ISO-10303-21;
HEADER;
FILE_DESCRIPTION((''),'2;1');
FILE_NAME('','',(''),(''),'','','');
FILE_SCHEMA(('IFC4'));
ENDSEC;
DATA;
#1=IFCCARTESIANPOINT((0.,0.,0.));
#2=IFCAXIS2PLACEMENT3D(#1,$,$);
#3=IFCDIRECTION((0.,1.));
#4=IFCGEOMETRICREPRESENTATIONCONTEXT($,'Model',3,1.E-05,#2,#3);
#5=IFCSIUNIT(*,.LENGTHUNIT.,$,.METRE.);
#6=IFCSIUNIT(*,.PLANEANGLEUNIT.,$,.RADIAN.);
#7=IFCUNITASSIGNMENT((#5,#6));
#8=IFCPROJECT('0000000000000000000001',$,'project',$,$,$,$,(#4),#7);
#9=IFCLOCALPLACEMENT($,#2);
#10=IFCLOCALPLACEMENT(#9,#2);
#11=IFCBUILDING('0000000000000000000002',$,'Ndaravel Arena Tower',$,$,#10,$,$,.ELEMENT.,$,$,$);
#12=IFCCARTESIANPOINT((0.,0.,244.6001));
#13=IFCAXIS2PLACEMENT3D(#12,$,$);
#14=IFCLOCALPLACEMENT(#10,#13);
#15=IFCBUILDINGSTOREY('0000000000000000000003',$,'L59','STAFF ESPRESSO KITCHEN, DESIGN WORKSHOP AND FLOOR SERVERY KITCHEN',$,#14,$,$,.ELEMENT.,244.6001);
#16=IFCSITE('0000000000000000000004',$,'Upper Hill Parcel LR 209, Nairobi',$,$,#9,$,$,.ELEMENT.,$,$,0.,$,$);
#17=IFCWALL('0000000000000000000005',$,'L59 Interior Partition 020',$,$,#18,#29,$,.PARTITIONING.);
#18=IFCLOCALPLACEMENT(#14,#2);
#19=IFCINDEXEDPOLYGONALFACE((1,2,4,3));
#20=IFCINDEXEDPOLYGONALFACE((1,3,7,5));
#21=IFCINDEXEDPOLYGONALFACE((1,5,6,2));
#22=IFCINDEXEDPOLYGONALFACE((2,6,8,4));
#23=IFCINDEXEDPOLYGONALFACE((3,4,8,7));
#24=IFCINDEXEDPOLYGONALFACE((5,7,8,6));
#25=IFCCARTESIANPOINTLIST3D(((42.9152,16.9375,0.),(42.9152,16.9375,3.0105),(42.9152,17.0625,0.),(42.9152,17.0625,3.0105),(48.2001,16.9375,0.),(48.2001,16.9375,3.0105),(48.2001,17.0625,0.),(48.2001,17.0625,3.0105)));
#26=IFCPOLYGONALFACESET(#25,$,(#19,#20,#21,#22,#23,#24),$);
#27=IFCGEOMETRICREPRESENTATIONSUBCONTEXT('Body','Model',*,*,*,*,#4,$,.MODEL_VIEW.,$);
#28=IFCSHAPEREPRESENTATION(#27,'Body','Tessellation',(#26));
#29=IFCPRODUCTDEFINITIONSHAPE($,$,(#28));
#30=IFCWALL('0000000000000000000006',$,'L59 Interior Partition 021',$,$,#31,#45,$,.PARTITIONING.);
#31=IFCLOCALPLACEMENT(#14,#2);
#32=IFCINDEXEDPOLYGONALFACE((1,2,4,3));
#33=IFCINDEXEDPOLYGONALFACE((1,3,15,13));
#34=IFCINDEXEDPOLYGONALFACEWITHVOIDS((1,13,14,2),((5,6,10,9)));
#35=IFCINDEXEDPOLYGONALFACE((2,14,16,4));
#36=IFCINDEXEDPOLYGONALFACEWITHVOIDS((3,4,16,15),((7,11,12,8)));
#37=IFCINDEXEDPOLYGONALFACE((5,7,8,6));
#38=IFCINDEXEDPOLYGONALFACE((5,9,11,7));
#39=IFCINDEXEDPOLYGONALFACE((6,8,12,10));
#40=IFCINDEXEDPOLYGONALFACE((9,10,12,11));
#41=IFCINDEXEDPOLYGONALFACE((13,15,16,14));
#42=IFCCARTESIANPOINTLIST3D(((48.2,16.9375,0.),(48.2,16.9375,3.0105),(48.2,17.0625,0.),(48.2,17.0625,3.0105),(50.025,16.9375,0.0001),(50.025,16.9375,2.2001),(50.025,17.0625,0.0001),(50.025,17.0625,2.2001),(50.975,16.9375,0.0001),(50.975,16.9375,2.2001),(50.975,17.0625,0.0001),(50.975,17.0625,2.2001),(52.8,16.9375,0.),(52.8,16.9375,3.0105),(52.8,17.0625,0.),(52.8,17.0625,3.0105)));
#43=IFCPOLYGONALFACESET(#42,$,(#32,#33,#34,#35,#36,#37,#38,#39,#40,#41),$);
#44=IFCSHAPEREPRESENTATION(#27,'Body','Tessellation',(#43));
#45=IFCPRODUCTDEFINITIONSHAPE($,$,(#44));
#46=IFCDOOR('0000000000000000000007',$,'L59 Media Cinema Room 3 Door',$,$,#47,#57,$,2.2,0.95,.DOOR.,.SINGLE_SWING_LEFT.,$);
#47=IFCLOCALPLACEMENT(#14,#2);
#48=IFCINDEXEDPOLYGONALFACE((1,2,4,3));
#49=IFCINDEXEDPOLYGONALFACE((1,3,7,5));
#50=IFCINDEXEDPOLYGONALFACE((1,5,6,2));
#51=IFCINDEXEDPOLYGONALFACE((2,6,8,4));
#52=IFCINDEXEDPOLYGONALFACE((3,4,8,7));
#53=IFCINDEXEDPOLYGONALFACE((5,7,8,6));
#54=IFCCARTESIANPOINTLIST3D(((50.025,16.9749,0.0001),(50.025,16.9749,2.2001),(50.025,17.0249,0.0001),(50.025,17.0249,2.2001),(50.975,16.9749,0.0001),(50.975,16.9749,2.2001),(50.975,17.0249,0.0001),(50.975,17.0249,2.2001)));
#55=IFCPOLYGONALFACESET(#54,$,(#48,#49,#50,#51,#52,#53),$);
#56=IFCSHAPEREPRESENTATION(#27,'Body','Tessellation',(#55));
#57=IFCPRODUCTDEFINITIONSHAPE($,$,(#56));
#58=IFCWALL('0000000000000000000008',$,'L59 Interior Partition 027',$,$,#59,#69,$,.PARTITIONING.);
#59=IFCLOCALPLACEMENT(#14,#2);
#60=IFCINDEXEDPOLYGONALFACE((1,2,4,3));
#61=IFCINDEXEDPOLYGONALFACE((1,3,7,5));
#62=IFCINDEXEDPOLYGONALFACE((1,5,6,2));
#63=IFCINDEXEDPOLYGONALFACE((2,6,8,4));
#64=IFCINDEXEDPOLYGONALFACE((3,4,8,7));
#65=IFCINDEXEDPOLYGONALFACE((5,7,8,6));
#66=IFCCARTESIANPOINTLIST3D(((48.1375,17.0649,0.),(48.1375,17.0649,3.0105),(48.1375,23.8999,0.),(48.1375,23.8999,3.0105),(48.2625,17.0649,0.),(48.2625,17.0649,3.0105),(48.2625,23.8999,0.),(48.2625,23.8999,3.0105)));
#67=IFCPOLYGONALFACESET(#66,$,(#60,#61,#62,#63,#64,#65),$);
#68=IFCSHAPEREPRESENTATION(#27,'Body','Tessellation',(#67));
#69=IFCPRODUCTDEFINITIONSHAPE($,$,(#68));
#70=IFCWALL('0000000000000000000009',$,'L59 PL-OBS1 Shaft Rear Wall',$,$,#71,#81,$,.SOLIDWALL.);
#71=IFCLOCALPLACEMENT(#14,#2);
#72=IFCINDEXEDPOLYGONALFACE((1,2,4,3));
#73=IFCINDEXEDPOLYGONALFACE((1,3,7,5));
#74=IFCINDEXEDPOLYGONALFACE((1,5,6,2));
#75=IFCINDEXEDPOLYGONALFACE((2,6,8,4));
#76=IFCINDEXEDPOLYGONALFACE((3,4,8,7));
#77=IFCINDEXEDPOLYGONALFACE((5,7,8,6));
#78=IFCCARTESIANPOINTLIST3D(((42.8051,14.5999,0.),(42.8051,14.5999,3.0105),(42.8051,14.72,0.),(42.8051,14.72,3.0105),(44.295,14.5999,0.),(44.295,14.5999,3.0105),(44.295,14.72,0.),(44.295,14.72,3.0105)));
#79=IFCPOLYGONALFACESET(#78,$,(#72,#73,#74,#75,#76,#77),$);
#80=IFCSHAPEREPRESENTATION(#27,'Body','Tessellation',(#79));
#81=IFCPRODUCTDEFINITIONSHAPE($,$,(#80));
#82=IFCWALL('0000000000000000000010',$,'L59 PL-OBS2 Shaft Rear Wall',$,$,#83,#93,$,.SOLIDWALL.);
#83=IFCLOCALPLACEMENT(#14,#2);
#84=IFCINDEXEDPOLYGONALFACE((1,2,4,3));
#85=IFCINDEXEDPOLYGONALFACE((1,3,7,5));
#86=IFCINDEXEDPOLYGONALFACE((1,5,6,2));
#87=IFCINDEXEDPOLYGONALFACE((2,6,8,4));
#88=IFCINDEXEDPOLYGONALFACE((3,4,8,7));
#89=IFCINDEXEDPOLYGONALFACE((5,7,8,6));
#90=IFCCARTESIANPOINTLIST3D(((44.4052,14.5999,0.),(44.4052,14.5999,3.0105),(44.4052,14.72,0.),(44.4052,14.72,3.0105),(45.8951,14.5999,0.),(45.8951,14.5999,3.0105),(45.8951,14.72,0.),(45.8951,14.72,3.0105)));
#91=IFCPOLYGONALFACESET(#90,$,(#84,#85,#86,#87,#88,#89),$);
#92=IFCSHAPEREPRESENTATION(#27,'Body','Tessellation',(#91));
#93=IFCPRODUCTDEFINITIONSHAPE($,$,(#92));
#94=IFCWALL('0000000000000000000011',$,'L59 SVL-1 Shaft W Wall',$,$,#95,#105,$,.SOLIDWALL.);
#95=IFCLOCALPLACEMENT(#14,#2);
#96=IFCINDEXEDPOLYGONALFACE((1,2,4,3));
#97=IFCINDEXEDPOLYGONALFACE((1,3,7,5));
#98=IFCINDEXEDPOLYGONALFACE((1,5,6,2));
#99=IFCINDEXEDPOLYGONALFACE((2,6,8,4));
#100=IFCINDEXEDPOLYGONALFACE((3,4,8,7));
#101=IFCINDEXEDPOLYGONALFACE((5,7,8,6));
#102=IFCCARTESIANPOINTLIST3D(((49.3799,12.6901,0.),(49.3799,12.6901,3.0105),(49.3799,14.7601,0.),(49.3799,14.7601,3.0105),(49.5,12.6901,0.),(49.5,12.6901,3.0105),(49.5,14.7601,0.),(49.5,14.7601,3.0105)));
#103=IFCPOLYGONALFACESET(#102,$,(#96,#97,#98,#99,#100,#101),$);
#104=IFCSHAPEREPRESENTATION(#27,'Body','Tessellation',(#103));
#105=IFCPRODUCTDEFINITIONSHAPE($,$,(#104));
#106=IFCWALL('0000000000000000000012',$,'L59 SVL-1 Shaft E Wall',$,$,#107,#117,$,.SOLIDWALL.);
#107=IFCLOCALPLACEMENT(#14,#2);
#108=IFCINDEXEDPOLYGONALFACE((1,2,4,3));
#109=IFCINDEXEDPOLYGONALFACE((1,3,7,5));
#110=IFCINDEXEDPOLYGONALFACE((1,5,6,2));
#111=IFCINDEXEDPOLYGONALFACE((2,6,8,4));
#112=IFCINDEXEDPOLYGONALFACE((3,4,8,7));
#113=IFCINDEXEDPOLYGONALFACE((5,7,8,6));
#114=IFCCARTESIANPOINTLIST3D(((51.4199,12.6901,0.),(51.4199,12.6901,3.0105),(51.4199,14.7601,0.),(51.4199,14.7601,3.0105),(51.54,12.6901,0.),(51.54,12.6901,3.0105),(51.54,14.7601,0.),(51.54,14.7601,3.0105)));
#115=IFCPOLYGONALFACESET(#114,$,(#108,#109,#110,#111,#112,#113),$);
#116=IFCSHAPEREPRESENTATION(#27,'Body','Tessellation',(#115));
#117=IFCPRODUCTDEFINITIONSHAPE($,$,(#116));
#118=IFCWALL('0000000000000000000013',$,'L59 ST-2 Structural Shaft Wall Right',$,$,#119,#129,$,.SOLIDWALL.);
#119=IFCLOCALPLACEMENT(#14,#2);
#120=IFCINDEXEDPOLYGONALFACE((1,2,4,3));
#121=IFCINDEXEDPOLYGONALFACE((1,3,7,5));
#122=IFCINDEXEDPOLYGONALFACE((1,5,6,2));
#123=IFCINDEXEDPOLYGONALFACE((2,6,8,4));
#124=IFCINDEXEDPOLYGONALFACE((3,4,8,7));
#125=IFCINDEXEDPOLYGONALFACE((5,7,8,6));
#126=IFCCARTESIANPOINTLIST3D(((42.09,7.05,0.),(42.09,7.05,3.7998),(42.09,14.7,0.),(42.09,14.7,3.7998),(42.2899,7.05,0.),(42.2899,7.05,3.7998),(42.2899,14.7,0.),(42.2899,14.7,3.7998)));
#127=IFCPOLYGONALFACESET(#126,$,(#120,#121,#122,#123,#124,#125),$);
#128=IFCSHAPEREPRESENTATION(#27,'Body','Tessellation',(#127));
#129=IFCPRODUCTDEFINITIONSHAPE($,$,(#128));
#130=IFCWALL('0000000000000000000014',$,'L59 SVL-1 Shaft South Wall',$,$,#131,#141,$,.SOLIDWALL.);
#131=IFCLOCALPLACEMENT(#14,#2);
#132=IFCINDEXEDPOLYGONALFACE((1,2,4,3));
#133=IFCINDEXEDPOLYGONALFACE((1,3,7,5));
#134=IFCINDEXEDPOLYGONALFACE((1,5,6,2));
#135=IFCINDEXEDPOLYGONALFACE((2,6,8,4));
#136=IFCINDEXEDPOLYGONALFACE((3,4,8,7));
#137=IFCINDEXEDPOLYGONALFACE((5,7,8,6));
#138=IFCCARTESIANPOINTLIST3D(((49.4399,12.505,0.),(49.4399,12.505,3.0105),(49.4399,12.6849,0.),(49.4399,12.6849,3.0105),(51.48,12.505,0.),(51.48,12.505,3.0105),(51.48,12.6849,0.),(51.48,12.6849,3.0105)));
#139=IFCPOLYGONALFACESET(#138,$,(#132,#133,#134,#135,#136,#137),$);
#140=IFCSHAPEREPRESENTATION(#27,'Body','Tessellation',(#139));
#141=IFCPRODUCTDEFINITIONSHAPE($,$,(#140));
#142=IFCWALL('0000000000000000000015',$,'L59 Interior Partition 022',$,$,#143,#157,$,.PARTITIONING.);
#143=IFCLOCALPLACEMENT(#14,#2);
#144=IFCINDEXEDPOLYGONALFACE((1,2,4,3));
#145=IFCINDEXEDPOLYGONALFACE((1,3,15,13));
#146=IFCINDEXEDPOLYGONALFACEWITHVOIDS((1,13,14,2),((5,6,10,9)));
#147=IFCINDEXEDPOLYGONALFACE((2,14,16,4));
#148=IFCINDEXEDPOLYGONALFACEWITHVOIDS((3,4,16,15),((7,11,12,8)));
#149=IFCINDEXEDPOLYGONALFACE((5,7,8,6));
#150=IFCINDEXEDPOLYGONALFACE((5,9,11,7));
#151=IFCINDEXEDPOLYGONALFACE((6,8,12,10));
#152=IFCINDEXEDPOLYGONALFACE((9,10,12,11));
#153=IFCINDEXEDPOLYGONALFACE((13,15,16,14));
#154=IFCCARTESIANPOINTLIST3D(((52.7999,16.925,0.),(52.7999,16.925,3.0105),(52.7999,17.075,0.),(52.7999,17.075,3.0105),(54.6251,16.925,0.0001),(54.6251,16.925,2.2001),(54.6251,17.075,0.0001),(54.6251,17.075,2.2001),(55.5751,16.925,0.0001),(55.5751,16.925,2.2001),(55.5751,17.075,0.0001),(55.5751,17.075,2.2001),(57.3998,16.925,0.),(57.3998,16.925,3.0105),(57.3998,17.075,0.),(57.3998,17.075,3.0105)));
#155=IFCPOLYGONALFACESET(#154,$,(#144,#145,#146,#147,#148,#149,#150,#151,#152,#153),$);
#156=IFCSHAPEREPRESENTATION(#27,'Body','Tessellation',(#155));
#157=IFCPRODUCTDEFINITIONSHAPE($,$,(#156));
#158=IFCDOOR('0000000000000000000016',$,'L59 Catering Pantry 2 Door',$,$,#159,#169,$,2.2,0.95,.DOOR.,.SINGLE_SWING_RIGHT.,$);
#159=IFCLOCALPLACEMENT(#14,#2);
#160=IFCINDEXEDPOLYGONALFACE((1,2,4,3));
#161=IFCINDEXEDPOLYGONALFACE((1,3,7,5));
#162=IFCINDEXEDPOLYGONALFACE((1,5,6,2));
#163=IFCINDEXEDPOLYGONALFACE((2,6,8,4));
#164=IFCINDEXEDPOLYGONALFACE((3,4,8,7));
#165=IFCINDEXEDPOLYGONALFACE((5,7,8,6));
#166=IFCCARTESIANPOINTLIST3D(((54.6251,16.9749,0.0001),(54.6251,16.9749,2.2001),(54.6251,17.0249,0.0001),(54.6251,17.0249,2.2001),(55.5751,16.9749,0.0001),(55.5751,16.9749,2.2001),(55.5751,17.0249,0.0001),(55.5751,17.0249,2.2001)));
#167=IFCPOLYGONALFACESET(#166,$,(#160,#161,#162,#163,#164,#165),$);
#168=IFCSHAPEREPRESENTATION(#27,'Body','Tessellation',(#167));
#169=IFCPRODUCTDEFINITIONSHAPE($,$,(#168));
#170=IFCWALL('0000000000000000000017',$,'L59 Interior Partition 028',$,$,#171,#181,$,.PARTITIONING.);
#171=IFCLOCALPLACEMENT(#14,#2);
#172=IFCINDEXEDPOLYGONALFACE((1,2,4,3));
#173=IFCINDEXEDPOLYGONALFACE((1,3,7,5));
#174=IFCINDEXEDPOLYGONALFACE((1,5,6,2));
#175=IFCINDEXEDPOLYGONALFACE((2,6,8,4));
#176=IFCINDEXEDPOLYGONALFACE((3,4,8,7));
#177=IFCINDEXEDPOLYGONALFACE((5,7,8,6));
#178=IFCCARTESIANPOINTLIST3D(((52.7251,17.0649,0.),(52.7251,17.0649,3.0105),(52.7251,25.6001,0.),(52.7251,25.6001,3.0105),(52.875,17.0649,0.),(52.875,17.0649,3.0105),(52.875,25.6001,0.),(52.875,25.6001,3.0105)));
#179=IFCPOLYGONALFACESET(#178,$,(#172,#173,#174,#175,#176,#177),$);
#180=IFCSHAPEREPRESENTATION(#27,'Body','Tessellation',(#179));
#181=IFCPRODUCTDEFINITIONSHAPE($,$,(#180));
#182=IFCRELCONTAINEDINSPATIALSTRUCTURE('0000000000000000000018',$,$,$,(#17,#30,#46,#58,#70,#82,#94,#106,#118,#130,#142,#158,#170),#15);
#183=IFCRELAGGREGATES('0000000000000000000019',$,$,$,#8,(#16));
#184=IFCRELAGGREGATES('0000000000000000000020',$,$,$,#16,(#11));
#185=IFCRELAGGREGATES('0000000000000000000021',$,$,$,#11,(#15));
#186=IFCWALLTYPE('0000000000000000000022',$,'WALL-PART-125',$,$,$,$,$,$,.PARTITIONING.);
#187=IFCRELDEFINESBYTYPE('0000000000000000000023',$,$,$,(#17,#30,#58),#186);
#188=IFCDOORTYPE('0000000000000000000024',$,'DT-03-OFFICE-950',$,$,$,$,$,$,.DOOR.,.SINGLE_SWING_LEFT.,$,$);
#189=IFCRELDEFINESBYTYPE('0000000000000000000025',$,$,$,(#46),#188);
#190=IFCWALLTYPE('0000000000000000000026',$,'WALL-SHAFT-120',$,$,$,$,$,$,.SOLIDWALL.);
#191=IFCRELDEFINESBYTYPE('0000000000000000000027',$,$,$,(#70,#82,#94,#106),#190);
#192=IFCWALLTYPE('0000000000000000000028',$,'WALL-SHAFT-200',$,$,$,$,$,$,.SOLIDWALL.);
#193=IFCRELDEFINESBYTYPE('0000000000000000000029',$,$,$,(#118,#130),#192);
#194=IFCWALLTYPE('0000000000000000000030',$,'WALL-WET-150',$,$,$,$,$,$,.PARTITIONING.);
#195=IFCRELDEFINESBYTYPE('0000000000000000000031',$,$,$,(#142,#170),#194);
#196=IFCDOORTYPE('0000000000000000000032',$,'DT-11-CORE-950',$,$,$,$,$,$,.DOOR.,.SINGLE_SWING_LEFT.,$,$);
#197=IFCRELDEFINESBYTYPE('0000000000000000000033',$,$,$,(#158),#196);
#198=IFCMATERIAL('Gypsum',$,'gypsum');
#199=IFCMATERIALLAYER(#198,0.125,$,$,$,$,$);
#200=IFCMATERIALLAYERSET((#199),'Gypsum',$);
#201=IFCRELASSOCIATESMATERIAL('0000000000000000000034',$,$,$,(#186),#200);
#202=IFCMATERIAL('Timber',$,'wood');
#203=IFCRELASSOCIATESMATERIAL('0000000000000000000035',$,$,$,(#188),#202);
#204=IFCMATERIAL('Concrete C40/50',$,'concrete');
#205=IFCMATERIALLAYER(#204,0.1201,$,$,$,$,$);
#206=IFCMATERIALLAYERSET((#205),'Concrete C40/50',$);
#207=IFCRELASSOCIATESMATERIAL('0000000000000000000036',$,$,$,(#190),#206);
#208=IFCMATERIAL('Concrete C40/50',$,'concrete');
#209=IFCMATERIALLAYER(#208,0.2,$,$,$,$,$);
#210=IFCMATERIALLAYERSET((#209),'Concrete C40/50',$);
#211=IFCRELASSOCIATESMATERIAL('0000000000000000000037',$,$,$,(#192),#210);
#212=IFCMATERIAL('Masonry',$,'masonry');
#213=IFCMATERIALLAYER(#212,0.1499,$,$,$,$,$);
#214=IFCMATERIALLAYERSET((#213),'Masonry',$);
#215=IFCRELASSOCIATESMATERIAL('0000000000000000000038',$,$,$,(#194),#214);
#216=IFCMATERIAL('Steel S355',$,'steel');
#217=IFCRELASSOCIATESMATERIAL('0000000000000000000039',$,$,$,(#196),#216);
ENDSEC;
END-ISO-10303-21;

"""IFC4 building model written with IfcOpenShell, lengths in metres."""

from ifc_helpers import new_model, si_unit, direction, frame, frame_2d, origin, place, context, subcontext, project, spatial, rectangle, extrude, material, layer, layer_set, type_object, element, fill, save


model = new_model("IFC4")

# Units and contexts
model_context = context("Model", 3, precision=1e-05, world=origin(), true_north=direction((0.0, 1.0)))
body_context = subcontext(model_context, "Body", "Model", "MODEL_VIEW")
ifc_project = project(units=[si_unit("LENGTHUNIT", "METRE"), si_unit("PLANEANGLEUNIT", "RADIAN")], contexts=[model_context])

# Site, building, storey
site_placement = place(None, origin())
site = spatial("IfcSite", under=ifc_project, at=site_placement, Name="Upper Hill Parcel LR 209, Nairobi", CompositionType="ELEMENT", RefElevation=0.0)
building_placement = place(site_placement, origin())
building = spatial("IfcBuilding", under=site, at=building_placement, Name="Ndaravel Arena Tower", CompositionType="ELEMENT")
storey_placement = place(building_placement, frame((0.0, 0.0, 244.6001)))
storey = spatial("IfcBuildingStorey", under=building, at=storey_placement, Name="L59", Description="STAFF ESPRESSO KITCHEN, DESIGN WORKSHOP AND FLOOR SERVERY KITCHEN", CompositionType="ELEMENT", Elevation=244.6001)

# Shared definitions
ifc_material_1 = material(Name="Gypsum", Category="gypsum")
ifc_layer_1 = layer(ifc_material_1, 0.125)
ifc_layer_set_1 = layer_set([ifc_layer_1], Name="Gypsum")
wall_type_1 = type_object("IfcWallType", Name="WALL-PART-125", PredefinedType="PARTITIONING", material=ifc_layer_set_1)

# Wall
wall_1_placement = place(storey_placement, frame((42.915, 17.0, 0.0), z_axis=(0.0, 0.0, 1.0), x_axis=(1.0, 0.0, 0.0)))
element("IfcWall", 1, at=wall_1_placement, inside=storey, type_object=wall_type_1, Name="L59 Interior Partition 020", PredefinedType="PARTITIONING", context=body_context, shape_type="SweptSolid", body=[
    extrude(rectangle(XDim=5.2849, YDim=0.125, at=frame_2d((2.6426, 0.0))), origin(), (0.0, 0.0, 1.0), 3.0105),
])

# Wall, opening, door
wall_2_placement = place(storey_placement, frame((48.2, 17.0, 0.0), z_axis=(0.0, 0.0, 1.0), x_axis=(1.0, 0.0, 0.0)))
wall_2 = element("IfcWall", 2, at=wall_2_placement, inside=storey, type_object=wall_type_1, Name="L59 Interior Partition 021", PredefinedType="PARTITIONING", context=body_context, shape_type="SweptSolid", body=[
    extrude(rectangle(XDim=4.6001, YDim=0.125, at=frame_2d((2.3, 0.0))), origin(), (0.0, 0.0, 1.0), 3.0105),
])
opening_1_placement = place(wall_2_placement, frame((1.825, 0.0, 0.0)))
opening_1 = element("IfcOpeningElement", 3, at=opening_1_placement, cuts=wall_2, PredefinedType="OPENING", context=body_context, shape_type="SweptSolid", body=[
    extrude(rectangle(XDim=0.95, YDim=2.2, at=frame_2d((0.4751, 1.1001))), frame((0.0, 0.0625, 0.0), z_axis=(0.0, -1.0, 0.0), x_axis=(1.0, 0.0, 0.0)), (0.0, 0.0, 1.0), 0.125),
])
ifc_material_2 = material(Name="Timber", Category="wood")
door_type_1 = type_object("IfcDoorType", Name="DT-03-OFFICE-950", OperationType="SINGLE_SWING_LEFT", PredefinedType="DOOR", material=ifc_material_2)
door_1_placement = place(opening_1_placement, origin())
door_1 = element("IfcDoor", 4, at=door_1_placement, inside=storey, type_object=door_type_1, Name="L59 Media Cinema Room 3 Door", OperationType="SINGLE_SWING_LEFT", OverallHeight=2.2, OverallWidth=0.95, PredefinedType="DOOR", context=body_context, shape_type="SweptSolid", body=[
    extrude(rectangle(XDim=0.95, YDim=2.2, at=frame_2d((0.4751, 1.1001))), frame((0.0, 0.0249, 0.0), z_axis=(0.0, -1.0, 0.0), x_axis=(1.0, 0.0, 0.0)), (0.0, 0.0, 1.0), 0.05),
])
fill(opening_1, door_1)

# Walls
wall_3_placement = place(storey_placement, frame((48.2, 23.8999, 0.0), z_axis=(0.0, 0.0, 1.0), x_axis=(0.0, -1.0, 0.0)))
element("IfcWall", 5, at=wall_3_placement, inside=storey, type_object=wall_type_1, Name="L59 Interior Partition 027", PredefinedType="PARTITIONING", context=body_context, shape_type="SweptSolid", body=[
    extrude(rectangle(XDim=6.835, YDim=0.125, at=frame_2d((3.4175, 0.0))), origin(), (0.0, 0.0, 1.0), 3.0105),
])
ifc_material_3 = material(Name="Concrete C40/50", Category="concrete")
ifc_layer_2 = layer(ifc_material_3, 0.1201)
ifc_layer_set_2 = layer_set([ifc_layer_2], Name="Concrete C40/50")
wall_type_2 = type_object("IfcWallType", Name="WALL-SHAFT-120", PredefinedType="SOLIDWALL", material=ifc_layer_set_2)
for number, where, z_axis, x_axis, name in (
    (6, (42.8049, 14.6599, 0.0), (0.0, 0.0, 1.0), (1.0, 0.0, 0.0), "L59 PL-OBS1 Shaft Rear Wall"),
    (7, (44.405, 14.6599, 0.0), (0.0, 0.0, 1.0), (1.0, 0.0, 0.0), "L59 PL-OBS2 Shaft Rear Wall"),
):
    element("IfcWall", number, at=place(storey_placement, frame(where, z_axis=z_axis, x_axis=x_axis)), inside=storey, type_object=wall_type_2, Name=name, PredefinedType="SOLIDWALL", context=body_context, shape_type="SweptSolid", body=[
        extrude(rectangle(XDim=1.49, YDim=0.1201, at=frame_2d((0.7451, 0.0))), origin(), (0.0, 0.0, 1.0), 3.0105),
    ])
for number, where, z_axis, x_axis, name in (
    (8, (49.4399, 12.6899, 0.0), (0.0, 0.0, 1.0), (0.0, 1.0, 0.0), "L59 SVL-1 Shaft W Wall"),
    (9, (51.48, 12.6899, 0.0), (0.0, 0.0, 1.0), (0.0, 1.0, 0.0), "L59 SVL-1 Shaft E Wall"),
):
    element("IfcWall", number, at=place(storey_placement, frame(where, z_axis=z_axis, x_axis=x_axis)), inside=storey, type_object=wall_type_2, Name=name, PredefinedType="SOLIDWALL", context=body_context, shape_type="SweptSolid", body=[
        extrude(rectangle(XDim=2.0701, YDim=0.1201, at=frame_2d((1.0352, 0.0))), origin(), (0.0, 0.0, 1.0), 3.0105),
    ])
ifc_material_4 = material(Name="Concrete C40/50", Category="concrete")
ifc_layer_3 = layer(ifc_material_4, 0.2)
ifc_layer_set_3 = layer_set([ifc_layer_3], Name="Concrete C40/50")
wall_type_3 = type_object("IfcWallType", Name="WALL-SHAFT-200", PredefinedType="SOLIDWALL", material=ifc_layer_set_3)
wall_4_placement = place(storey_placement, frame((42.1899, 14.7, 0.0), z_axis=(0.0, 0.0, 1.0), x_axis=(0.0, -1.0, 0.0)))
element("IfcWall", 10, at=wall_4_placement, inside=storey, type_object=wall_type_3, Name="L59 ST-2 Structural Shaft Wall Right", PredefinedType="SOLIDWALL", context=body_context, shape_type="SweptSolid", body=[
    extrude(rectangle(XDim=7.6499, YDim=0.2, at=frame_2d((3.825, 0.0))), origin(), (0.0, 0.0, 1.0), 3.7998),
])
wall_5_placement = place(storey_placement, frame((49.4399, 12.595, 0.0), z_axis=(0.0, 0.0, 1.0), x_axis=(1.0, 0.0, 0.0)))
element("IfcWall", 11, at=wall_5_placement, inside=storey, type_object=wall_type_3, Name="L59 SVL-1 Shaft South Wall", PredefinedType="SOLIDWALL", context=body_context, shape_type="SweptSolid", body=[
    extrude(rectangle(XDim=2.04, YDim=0.1799, at=frame_2d((1.02, 0.0))), origin(), (0.0, 0.0, 1.0), 3.0105),
])

# Wall, opening, door
ifc_material_5 = material(Name="Masonry", Category="masonry")
ifc_layer_4 = layer(ifc_material_5, 0.1499)
ifc_layer_set_4 = layer_set([ifc_layer_4], Name="Masonry")
wall_type_4 = type_object("IfcWallType", Name="WALL-WET-150", PredefinedType="PARTITIONING", material=ifc_layer_set_4)
wall_6_placement = place(storey_placement, frame((52.8, 17.0, 0.0), z_axis=(0.0, 0.0, 1.0), x_axis=(1.0, 0.0, 0.0)))
wall_6 = element("IfcWall", 12, at=wall_6_placement, inside=storey, type_object=wall_type_4, Name="L59 Interior Partition 022", PredefinedType="PARTITIONING", context=body_context, shape_type="SweptSolid", body=[
    extrude(rectangle(XDim=4.5999, YDim=0.1499, at=frame_2d((2.2998, 0.0))), origin(), (0.0, 0.0, 1.0), 3.0105),
])
opening_2_placement = place(wall_6_placement, frame((1.825, 0.0, 0.0)))
opening_2 = element("IfcOpeningElement", 13, at=opening_2_placement, cuts=wall_6, PredefinedType="OPENING", context=body_context, shape_type="SweptSolid", body=[
    extrude(rectangle(XDim=0.95, YDim=2.2, at=frame_2d((0.4751, 1.1001))), frame((0.0, 0.075, 0.0), z_axis=(0.0, -1.0, 0.0), x_axis=(1.0, 0.0, 0.0)), (0.0, 0.0, 1.0), 0.1499),
])
ifc_material_6 = material(Name="Steel S355", Category="steel")
door_type_2 = type_object("IfcDoorType", Name="DT-11-CORE-950", OperationType="SINGLE_SWING_LEFT", PredefinedType="DOOR", material=ifc_material_6)
door_2_placement = place(opening_2_placement, origin())
door_2 = element("IfcDoor", 14, at=door_2_placement, inside=storey, type_object=door_type_2, Name="L59 Catering Pantry 2 Door", OperationType="SINGLE_SWING_RIGHT", OverallHeight=2.2, OverallWidth=0.95, PredefinedType="DOOR", context=body_context, shape_type="SweptSolid", body=[
    extrude(rectangle(XDim=0.95, YDim=2.2, at=frame_2d((0.4751, 1.1001))), frame((0.0, 0.0249, 0.0), z_axis=(0.0, -1.0, 0.0), x_axis=(1.0, 0.0, 0.0)), (0.0, 0.0, 1.0), 0.05),
])
fill(opening_2, door_2)

# Wall
wall_7_placement = place(storey_placement, frame((52.8, 17.0649, 0.0), z_axis=(0.0, 0.0, 1.0), x_axis=(0.0, 1.0, 0.0)))
element("IfcWall", 15, at=wall_7_placement, inside=storey, type_object=wall_type_4, Name="L59 Interior Partition 028", PredefinedType="PARTITIONING", context=body_context, shape_type="SweptSolid", body=[
    extrude(rectangle(XDim=8.5352, YDim=0.1499, at=frame_2d((4.2676, 0.0))), origin(), (0.0, 0.0, 1.0), 3.0105),
])

save(model, "model.ifc")
